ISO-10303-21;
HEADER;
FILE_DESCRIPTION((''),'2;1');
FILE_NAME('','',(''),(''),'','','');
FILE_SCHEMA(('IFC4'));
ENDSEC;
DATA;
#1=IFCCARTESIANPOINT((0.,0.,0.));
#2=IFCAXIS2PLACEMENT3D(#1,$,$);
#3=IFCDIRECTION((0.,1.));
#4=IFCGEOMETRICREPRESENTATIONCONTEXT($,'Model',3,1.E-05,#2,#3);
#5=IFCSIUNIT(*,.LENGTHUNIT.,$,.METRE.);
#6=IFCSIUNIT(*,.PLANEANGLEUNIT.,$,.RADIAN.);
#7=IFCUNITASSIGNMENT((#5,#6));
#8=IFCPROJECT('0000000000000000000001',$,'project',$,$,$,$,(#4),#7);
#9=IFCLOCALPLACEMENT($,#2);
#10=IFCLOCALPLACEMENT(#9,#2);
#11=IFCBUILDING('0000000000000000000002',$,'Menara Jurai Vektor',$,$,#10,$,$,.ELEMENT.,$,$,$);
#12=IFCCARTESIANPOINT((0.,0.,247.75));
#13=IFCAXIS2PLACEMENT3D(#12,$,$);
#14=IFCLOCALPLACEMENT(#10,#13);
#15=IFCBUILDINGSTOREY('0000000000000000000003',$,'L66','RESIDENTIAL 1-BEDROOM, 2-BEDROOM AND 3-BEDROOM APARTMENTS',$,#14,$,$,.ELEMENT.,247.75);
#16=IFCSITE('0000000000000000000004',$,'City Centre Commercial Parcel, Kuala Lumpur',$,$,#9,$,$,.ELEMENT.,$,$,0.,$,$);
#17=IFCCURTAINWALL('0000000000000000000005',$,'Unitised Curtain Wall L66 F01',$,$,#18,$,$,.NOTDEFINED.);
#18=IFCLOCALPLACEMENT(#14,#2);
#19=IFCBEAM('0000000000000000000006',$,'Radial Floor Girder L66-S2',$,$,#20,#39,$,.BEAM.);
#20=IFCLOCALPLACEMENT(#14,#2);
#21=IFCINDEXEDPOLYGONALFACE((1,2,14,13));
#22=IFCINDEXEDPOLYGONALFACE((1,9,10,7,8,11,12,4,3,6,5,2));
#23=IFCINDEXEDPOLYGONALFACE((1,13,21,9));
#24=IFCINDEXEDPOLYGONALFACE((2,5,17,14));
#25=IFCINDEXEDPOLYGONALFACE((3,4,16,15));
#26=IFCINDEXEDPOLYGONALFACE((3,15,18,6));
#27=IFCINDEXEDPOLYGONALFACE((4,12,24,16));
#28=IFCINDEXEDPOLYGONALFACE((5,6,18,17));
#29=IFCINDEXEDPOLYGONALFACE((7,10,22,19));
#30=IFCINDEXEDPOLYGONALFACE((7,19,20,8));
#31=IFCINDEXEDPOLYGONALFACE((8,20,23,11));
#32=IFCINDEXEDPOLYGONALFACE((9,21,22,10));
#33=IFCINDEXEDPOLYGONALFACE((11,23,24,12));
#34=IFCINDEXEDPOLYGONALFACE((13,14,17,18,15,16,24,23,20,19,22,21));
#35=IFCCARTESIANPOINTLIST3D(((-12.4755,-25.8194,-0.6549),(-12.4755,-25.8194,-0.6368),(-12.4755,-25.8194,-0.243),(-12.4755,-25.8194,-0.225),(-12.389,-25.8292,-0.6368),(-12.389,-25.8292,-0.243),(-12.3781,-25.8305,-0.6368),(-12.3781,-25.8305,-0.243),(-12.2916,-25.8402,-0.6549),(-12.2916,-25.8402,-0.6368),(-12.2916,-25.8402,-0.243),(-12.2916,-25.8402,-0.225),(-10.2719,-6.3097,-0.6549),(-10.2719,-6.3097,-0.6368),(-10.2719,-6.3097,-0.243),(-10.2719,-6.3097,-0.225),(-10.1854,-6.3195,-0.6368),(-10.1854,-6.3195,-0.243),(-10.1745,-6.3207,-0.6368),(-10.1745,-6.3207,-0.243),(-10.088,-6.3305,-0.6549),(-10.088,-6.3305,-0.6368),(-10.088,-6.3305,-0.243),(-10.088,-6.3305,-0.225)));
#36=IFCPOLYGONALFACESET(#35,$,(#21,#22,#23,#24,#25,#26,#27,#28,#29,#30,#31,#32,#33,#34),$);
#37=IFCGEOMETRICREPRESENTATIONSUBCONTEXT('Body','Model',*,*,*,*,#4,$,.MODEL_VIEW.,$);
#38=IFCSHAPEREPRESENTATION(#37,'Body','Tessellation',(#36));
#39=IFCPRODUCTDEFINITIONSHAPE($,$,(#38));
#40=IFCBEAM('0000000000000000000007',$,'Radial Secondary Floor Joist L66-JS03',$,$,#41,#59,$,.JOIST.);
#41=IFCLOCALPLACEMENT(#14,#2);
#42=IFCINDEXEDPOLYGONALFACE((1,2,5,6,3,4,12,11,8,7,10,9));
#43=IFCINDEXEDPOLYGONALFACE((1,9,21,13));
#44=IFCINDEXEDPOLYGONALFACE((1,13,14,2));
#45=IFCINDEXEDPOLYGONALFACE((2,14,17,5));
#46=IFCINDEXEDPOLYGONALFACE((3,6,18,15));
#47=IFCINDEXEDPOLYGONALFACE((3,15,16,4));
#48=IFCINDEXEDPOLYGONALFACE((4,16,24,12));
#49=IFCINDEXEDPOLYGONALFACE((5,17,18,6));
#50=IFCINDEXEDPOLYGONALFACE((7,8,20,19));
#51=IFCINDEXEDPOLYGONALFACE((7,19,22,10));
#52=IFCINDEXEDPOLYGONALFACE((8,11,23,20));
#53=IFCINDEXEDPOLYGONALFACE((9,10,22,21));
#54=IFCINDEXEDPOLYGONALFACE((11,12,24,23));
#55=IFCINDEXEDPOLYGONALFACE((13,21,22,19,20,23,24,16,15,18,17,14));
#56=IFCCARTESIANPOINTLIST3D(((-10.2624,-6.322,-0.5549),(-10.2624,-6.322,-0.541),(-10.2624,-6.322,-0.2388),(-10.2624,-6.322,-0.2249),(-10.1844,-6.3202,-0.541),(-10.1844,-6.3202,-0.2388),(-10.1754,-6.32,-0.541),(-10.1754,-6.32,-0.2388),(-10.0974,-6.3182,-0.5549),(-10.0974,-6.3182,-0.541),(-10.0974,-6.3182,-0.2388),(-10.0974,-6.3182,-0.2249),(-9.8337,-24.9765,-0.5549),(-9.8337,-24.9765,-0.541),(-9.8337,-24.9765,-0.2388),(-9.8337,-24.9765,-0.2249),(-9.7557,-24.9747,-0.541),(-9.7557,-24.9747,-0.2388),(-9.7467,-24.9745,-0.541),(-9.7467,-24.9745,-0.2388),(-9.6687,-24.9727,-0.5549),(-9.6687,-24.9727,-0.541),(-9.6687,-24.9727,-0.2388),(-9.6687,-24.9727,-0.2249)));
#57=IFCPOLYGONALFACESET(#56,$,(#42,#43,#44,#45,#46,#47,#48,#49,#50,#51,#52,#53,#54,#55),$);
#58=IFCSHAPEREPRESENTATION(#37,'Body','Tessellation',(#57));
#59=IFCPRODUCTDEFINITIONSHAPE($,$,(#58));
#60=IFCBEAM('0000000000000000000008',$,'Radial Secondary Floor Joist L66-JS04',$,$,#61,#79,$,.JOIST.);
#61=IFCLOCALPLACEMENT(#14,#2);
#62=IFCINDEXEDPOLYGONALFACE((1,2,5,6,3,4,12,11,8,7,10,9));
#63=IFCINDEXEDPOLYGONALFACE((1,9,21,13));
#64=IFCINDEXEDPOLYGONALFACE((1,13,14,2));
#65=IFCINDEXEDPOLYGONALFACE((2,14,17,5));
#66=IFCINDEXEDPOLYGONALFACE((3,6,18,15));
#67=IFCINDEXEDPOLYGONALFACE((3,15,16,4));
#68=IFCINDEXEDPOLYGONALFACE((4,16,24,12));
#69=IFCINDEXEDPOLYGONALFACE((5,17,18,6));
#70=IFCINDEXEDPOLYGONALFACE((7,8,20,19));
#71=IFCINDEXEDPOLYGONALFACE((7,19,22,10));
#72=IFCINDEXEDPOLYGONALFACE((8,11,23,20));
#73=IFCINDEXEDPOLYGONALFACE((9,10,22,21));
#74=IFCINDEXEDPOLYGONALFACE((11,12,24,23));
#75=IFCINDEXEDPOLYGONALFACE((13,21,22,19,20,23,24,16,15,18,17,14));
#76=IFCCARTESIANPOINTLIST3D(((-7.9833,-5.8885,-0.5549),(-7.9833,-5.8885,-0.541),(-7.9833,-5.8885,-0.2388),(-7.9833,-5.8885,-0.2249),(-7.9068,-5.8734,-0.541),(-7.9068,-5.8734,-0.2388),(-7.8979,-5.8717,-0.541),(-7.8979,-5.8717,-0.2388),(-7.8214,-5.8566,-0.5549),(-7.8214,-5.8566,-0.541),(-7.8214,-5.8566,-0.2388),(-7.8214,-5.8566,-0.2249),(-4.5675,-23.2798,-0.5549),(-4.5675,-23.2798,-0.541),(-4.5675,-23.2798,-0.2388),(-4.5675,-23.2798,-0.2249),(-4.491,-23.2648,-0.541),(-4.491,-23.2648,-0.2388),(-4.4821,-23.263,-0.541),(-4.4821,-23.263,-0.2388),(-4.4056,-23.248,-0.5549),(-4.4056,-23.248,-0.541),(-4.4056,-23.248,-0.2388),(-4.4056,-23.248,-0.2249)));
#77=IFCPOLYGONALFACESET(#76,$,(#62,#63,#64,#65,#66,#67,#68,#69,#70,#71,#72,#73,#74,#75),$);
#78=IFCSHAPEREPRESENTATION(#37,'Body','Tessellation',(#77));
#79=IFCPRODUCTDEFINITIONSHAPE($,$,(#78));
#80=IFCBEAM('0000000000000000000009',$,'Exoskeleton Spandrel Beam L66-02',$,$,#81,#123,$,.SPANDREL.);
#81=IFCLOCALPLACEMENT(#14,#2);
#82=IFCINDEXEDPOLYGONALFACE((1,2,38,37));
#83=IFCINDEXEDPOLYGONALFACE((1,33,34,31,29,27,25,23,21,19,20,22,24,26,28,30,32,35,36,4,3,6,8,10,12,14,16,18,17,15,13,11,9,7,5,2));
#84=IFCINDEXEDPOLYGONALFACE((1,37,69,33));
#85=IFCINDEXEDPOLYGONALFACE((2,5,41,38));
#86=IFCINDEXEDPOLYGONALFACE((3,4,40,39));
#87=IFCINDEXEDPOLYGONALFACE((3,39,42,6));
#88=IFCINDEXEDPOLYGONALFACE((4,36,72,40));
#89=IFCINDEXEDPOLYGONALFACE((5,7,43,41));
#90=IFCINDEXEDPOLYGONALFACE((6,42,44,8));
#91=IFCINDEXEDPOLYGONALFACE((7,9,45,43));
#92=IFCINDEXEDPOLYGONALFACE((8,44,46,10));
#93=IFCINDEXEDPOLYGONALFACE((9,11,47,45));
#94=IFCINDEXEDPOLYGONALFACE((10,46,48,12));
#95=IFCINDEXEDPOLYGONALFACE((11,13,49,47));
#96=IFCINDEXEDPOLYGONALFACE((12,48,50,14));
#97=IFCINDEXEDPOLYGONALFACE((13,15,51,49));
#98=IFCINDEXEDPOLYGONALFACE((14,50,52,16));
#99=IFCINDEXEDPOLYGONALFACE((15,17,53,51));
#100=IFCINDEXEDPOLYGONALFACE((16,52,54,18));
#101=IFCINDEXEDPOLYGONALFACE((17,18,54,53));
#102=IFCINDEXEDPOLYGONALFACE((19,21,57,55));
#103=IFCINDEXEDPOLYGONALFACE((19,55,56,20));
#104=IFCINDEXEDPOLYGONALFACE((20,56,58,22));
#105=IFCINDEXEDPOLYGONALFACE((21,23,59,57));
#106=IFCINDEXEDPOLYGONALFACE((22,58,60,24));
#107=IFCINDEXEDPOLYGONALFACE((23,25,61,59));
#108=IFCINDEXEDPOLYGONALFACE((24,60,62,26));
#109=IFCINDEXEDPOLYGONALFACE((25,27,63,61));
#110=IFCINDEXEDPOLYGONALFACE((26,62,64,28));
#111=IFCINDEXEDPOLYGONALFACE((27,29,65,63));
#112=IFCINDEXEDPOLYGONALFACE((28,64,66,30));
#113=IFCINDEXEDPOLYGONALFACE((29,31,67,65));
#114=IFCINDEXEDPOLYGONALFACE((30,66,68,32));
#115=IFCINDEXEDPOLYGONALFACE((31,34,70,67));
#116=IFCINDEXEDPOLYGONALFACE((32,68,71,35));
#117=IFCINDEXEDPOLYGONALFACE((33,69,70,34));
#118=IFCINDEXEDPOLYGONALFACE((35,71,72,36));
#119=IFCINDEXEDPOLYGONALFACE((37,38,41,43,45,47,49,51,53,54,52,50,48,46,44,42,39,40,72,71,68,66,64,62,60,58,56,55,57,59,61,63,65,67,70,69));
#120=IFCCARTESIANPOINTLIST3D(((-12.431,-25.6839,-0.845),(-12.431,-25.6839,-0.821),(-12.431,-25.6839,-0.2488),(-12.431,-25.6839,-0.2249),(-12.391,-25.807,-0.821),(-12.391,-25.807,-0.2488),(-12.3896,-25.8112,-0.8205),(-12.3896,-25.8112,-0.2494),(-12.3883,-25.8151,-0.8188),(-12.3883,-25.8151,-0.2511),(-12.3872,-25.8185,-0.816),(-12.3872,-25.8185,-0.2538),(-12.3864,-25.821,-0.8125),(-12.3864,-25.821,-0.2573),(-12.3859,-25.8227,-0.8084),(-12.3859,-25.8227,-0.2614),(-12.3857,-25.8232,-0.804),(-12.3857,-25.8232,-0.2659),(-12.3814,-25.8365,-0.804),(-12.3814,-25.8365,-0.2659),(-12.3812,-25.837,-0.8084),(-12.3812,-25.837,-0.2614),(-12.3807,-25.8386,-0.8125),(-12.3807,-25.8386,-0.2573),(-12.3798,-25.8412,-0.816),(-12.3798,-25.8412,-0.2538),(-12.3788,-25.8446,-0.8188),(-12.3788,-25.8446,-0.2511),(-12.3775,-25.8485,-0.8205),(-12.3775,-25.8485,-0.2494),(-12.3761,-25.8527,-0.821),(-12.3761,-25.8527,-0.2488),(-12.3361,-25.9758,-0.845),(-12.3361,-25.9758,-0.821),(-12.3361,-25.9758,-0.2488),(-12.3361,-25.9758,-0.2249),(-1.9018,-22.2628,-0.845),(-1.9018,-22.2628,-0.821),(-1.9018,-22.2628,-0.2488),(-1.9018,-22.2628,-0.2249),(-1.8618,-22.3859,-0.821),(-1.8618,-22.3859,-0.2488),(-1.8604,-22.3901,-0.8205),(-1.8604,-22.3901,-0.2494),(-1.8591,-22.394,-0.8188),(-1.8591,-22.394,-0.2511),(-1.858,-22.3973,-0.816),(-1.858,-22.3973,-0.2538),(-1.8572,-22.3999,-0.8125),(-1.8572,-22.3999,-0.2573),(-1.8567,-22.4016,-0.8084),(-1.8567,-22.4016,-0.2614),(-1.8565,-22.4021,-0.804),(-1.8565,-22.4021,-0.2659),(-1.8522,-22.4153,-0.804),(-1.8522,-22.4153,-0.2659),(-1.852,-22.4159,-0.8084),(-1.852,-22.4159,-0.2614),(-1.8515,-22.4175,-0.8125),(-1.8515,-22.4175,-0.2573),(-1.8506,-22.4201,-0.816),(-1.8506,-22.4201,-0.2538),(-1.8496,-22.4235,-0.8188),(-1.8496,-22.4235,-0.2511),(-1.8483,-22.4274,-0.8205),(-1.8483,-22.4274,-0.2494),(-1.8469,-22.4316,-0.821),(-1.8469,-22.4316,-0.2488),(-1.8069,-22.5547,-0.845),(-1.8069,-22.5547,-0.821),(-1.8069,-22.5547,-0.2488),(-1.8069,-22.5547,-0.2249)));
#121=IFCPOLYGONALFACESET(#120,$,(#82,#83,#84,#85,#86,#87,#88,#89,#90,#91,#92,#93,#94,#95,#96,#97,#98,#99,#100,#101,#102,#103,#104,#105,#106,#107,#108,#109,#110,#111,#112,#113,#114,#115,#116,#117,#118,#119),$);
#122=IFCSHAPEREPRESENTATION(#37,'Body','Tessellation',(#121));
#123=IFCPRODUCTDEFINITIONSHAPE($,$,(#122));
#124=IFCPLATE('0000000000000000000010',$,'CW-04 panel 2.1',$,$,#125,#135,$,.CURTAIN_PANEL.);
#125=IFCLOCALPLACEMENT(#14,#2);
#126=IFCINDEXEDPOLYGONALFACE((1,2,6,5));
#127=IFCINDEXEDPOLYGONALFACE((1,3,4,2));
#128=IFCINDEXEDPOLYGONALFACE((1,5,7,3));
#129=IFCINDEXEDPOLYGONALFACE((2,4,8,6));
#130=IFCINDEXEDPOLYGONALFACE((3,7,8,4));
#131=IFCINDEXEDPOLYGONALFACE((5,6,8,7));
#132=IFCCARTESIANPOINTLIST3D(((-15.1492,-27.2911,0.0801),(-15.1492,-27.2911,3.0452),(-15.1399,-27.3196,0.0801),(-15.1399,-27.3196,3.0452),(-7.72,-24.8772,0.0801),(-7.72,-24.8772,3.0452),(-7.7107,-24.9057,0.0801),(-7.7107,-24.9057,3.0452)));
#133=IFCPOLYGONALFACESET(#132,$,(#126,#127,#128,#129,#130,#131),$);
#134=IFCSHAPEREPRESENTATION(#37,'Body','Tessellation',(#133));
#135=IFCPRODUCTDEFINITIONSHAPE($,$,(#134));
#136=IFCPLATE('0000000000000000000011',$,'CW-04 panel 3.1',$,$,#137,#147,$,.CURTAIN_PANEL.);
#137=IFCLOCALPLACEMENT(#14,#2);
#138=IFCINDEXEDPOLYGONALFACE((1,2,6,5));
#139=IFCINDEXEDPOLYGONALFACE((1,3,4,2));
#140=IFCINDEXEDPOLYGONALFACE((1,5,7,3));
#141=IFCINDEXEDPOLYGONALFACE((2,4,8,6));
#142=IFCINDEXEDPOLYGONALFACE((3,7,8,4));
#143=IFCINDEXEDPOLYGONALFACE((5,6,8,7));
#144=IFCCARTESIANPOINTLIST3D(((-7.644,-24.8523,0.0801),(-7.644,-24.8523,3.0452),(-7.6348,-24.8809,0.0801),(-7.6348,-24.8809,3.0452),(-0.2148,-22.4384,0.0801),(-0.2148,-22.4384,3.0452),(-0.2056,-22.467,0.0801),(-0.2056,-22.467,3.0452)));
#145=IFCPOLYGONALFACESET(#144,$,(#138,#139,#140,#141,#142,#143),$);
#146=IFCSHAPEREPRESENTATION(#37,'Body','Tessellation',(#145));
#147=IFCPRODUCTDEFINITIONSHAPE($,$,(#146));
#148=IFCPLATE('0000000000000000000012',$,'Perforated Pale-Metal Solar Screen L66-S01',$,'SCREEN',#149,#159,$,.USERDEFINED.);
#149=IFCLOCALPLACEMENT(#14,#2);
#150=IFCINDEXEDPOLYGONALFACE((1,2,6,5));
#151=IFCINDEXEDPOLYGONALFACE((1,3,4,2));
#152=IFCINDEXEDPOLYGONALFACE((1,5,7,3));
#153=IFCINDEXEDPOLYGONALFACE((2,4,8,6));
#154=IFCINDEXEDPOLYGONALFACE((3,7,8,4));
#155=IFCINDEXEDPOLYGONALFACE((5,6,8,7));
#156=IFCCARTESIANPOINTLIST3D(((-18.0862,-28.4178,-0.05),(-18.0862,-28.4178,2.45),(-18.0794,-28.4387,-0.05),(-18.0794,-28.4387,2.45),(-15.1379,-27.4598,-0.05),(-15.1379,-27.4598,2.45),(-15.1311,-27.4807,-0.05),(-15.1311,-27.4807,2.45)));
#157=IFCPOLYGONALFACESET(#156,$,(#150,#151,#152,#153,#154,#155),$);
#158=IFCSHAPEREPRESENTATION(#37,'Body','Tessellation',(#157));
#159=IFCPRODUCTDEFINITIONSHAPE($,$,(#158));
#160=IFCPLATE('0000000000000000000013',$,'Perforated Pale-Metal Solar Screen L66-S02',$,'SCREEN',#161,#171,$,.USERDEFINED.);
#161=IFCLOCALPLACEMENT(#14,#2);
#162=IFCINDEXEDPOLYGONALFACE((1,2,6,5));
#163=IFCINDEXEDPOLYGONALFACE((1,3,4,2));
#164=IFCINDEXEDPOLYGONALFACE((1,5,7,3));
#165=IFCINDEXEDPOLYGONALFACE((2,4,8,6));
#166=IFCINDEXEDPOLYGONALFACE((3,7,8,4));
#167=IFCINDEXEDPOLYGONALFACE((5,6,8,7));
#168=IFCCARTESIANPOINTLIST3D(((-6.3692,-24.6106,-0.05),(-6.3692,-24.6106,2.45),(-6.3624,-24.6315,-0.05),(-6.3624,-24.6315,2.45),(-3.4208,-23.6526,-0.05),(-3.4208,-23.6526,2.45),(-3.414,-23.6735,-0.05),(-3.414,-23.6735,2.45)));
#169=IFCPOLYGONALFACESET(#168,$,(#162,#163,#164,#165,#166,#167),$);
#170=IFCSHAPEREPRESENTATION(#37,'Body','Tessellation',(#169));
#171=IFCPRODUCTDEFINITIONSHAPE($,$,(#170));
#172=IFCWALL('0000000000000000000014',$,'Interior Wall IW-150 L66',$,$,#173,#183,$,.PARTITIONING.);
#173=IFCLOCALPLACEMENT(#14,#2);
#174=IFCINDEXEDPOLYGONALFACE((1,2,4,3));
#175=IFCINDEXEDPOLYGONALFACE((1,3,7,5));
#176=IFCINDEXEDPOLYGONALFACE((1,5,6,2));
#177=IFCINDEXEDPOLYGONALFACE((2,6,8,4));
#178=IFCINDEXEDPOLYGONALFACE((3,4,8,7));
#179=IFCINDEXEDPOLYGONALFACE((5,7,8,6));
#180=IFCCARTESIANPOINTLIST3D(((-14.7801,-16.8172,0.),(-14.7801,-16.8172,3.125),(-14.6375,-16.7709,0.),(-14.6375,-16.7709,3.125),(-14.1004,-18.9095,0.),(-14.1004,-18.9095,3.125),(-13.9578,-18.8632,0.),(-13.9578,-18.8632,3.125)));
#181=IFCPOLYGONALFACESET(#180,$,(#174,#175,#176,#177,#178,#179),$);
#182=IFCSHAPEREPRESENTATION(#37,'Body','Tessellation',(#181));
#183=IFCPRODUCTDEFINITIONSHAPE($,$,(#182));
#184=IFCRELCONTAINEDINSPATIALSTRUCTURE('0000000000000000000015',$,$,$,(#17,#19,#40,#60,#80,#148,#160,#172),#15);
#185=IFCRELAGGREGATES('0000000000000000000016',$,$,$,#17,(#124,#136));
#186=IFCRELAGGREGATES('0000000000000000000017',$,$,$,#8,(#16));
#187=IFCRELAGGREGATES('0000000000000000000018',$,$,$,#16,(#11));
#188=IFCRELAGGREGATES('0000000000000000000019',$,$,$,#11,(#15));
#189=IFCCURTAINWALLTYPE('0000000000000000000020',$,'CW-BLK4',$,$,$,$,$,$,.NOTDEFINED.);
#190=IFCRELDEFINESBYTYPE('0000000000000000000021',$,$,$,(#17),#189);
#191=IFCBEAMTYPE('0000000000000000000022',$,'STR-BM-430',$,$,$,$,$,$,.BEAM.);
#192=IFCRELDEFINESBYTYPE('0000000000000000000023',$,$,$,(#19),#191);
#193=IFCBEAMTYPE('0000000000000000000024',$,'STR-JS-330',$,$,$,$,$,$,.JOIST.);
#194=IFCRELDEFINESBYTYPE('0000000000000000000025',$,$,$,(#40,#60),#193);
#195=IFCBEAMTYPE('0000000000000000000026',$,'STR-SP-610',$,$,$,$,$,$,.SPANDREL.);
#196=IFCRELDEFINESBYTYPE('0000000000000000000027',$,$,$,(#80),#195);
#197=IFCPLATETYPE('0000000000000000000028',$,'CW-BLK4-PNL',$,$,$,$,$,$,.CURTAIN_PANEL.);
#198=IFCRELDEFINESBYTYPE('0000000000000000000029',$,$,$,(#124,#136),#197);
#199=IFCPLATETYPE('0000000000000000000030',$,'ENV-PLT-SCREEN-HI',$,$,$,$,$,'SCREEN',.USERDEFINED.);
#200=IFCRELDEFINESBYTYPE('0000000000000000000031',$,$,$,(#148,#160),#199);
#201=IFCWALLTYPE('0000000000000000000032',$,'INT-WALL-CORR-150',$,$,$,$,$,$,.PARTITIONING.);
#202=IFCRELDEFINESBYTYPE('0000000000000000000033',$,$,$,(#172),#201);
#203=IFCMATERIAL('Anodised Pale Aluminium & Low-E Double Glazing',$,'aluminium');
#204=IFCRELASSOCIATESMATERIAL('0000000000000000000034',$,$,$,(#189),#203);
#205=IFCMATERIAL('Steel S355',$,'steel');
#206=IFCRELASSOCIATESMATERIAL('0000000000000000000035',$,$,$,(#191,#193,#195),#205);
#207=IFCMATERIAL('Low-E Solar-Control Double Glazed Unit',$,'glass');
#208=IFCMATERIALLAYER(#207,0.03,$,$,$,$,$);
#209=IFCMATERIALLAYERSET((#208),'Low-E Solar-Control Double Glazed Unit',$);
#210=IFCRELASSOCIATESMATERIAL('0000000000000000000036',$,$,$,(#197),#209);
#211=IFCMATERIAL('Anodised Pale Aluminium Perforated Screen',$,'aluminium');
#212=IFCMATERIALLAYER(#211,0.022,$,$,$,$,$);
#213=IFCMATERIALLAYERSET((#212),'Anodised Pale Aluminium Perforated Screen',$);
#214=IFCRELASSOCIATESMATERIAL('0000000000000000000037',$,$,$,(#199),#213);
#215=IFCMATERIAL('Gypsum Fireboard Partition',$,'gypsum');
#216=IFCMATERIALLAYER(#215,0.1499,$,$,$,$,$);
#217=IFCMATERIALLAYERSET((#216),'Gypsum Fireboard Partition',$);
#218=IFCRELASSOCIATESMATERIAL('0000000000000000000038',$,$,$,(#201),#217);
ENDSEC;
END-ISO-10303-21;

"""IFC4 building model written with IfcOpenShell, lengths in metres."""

from ifc_helpers import new_model, si_unit, direction, frame, frame_2d, origin, origin_2d, place, context, subcontext, project, spatial, rectangle, i_section, extrude, material, layer, layer_set, material_profile, profile_set, type_object, element, aggregate, save


model = new_model("IFC4")

# Units and contexts
model_context = context("Model", 3, precision=1e-05, world=origin(), true_north=direction((0.0, 1.0)))
body_context = subcontext(model_context, "Body", "Model", "MODEL_VIEW")
ifc_project = project(units=[si_unit("LENGTHUNIT", "METRE"), si_unit("PLANEANGLEUNIT", "RADIAN")], contexts=[model_context])

# Site, building, storey
site_placement = place(None, origin())
site = spatial("IfcSite", under=ifc_project, at=site_placement, Name="City Centre Commercial Parcel, Kuala Lumpur", CompositionType="ELEMENT", RefElevation=0.0)
building_placement = place(site_placement, origin())
building = spatial("IfcBuilding", under=site, at=building_placement, Name="Menara Jurai Vektor", CompositionType="ELEMENT")
storey_placement = place(building_placement, frame((0.0, 0.0, 247.75)))
storey = spatial("IfcBuildingStorey", under=building, at=storey_placement, Name="L66", Description="RESIDENTIAL 1-BEDROOM, 2-BEDROOM AND 3-BEDROOM APARTMENTS", CompositionType="ELEMENT", Elevation=247.75)

# Curtain wall
ifc_material_1 = material(Name="Anodised Pale Aluminium & Low-E Double Glazing", Category="aluminium")
curtain_wall_type = type_object("IfcCurtainWallType", Name="CW-BLK4", PredefinedType="NOTDEFINED", material=ifc_material_1)
curtain_wall_placement = place(storey_placement, origin())
curtain_wall = element("IfcCurtainWall", 1, at=curtain_wall_placement, inside=storey, type_object=curtain_wall_type, Name="Unitised Curtain Wall L66 F01", PredefinedType="NOTDEFINED")

# Beams
ifc_material_2 = material(Name="Steel S355", Category="steel")
ifc_material_profile_1 = material_profile(ifc_material_2, i_section(OverallWidth=0.1851, OverallDepth=0.4299, WebThickness=0.011, FlangeThickness=0.0181, at=origin_2d()), Name="PG 430x185x76")
ifc_profile_set_1 = profile_set([ifc_material_profile_1], Name="Steel S355")
beam_type_1 = type_object("IfcBeamType", Name="STR-BM-430", PredefinedType="BEAM", material=ifc_profile_set_1)
beam_1_placement = place(storey_placement, frame((-12.3835, -25.8298, -0.4399), z_axis=(0.112236, 0.993682, 0.0), x_axis=(-0.993682, 0.112236, 0.0)))
element("IfcBeam", 2, at=beam_1_placement, inside=storey, type_object=beam_type_1, Name="Radial Floor Girder L66-S2", PredefinedType="BEAM", context=body_context, shape_type="SweptSolid", body=[
    extrude(i_section(OverallWidth=0.1851, OverallDepth=0.4299, WebThickness=0.011, FlangeThickness=0.0181, at=origin_2d()), origin(), (0.0, 0.0, 1.0), 19.6338),
])
ifc_material_profile_2 = material_profile(ifc_material_2, i_section(OverallWidth=0.165, OverallDepth=0.3301, WebThickness=0.009, FlangeThickness=0.0139, at=origin_2d()), Name="PG 330x165x46")
ifc_profile_set_2 = profile_set([ifc_material_profile_2], Name="Steel S355")
beam_type_2 = type_object("IfcBeamType", Name="STR-JS-330", PredefinedType="JOIST", material=ifc_profile_set_2)
beam_2_placement = place(storey_placement, frame((-9.7512, -24.9746, -0.3899), z_axis=(-0.022976, 0.999736, 0.0), x_axis=(-0.999736, -0.022976, 0.0)))
element("IfcBeam", 3, at=beam_2_placement, inside=storey, type_object=beam_type_2, Name="Radial Secondary Floor Joist L66-JS03", PredefinedType="JOIST", context=body_context, shape_type="SweptSolid", body=[
    extrude(i_section(OverallWidth=0.165, OverallDepth=0.3301, WebThickness=0.009, FlangeThickness=0.0139, at=origin_2d()), origin(), (0.0, 0.0, 1.0), 18.6594),
])
beam_3_placement = place(storey_placement, frame((-4.4866, -23.2639, -0.3899), z_axis=(-0.192724, 0.981253, 0.0), x_axis=(-0.981253, -0.192724, 0.0)))
element("IfcBeam", 4, at=beam_3_placement, inside=storey, type_object=beam_type_2, Name="Radial Secondary Floor Joist L66-JS04", PredefinedType="JOIST", context=body_context, shape_type="SweptSolid", body=[
    extrude(i_section(OverallWidth=0.165, OverallDepth=0.3301, WebThickness=0.009, FlangeThickness=0.0139, at=origin_2d()), origin(), (0.0, 0.0, 1.0), 17.7236),
])
ifc_material_profile_3 = material_profile(ifc_material_2, i_section(OverallWidth=0.3069, OverallDepth=0.6201, WebThickness=0.0139, FlangeThickness=0.0239, FilletRadius=0.0171, at=origin_2d()), Name="UKB 610x305x179")
ifc_profile_set_3 = profile_set([ifc_material_profile_3], Name="Steel S355")
beam_type_3 = type_object("IfcBeamType", Name="STR-SP-610", PredefinedType="SPANDREL", material=ifc_profile_set_3)
beam_4_placement = place(storey_placement, frame((-12.3835, -25.8298, -0.5349), z_axis=(0.951057, 0.309014, 0.0), x_axis=(-0.309014, 0.951057, 0.0)))
element("IfcBeam", 5, at=beam_4_placement, inside=storey, type_object=beam_type_3, Name="Exoskeleton Spandrel Beam L66-02", PredefinedType="SPANDREL", context=body_context, shape_type="SweptSolid", body=[
    extrude(i_section(OverallWidth=0.3069, OverallDepth=0.6201, WebThickness=0.0139, FlangeThickness=0.0239, FilletRadius=0.0171, at=origin_2d()), origin(), (0.0, 0.0, 1.0), 11.071),
])

# Plates
ifc_material_3 = material(Name="Low-E Solar-Control Double Glazed Unit", Category="glass")
ifc_layer_1 = layer(ifc_material_3, 0.03)
ifc_layer_set_1 = layer_set([ifc_layer_1], Name="Low-E Solar-Control Double Glazed Unit")
plate_type_1 = type_object("IfcPlateType", Name="CW-BLK4-PNL", PredefinedType="CURTAIN_PANEL", material=ifc_layer_set_1)
plate_1_placement = place(storey_placement, frame((-11.4299, -26.0984, 0.0801), z_axis=(0.0, 0.0, 1.0), x_axis=(0.951056, 0.309017, 0.0)))
plate_1 = element("IfcPlate", 6, at=plate_1_placement, type_object=plate_type_1, Name="CW-04 panel 2.1", PredefinedType="CURTAIN_PANEL", context=body_context, shape_type="SweptSolid", body=[
    extrude(rectangle(XDim=7.8115, YDim=0.03, at=origin_2d()), origin(), (0.0, 0.0, 1.0), 2.9651),
])
plate_2_placement = place(storey_placement, frame((-3.9248, -23.6597, 0.0801), z_axis=(0.0, 0.0, 1.0), x_axis=(0.951056, 0.309017, 0.0)))
plate_2 = element("IfcPlate", 7, at=plate_2_placement, type_object=plate_type_1, Name="CW-04 panel 3.1", PredefinedType="CURTAIN_PANEL", context=body_context, shape_type="SweptSolid", body=[
    extrude(rectangle(XDim=7.8115, YDim=0.03, at=origin_2d()), origin(), (0.0, 0.0, 1.0), 2.9651),
])
aggregate(curtain_wall, [plate_1, plate_2])

# Plates
ifc_material_4 = material(Name="Anodised Pale Aluminium Perforated Screen", Category="aluminium")
ifc_layer_2 = layer(ifc_material_4, 0.022)
ifc_layer_set_2 = layer_set([ifc_layer_2], Name="Anodised Pale Aluminium Perforated Screen")
plate_type_2 = type_object("IfcPlateType", Name="ENV-PLT-SCREEN-HI", ElementType="SCREEN", PredefinedType="USERDEFINED", material=ifc_layer_set_2)
for number, where, z_axis, x_axis, name in (
    (8, (-16.6086, -27.9492, -0.05), (0.0, 0.0, 1.0), (0.951057, 0.309017, 0.0), "Perforated Pale-Metal Solar Screen L66-S01"),
    (9, (-4.8916, -24.1421, -0.05), (0.0, 0.0, 1.0), (0.951057, 0.309017, 0.0), "Perforated Pale-Metal Solar Screen L66-S02"),
):
    element("IfcPlate", number, at=place(storey_placement, frame(where, z_axis=z_axis, x_axis=x_axis)), inside=storey, type_object=plate_type_2, Name=name, ObjectType="SCREEN", PredefinedType="USERDEFINED", context=body_context, shape_type="SweptSolid", body=[
        extrude(rectangle(XDim=3.1001, YDim=0.022, at=origin_2d()), origin(), (0.0, 0.0, 1.0), 2.5),
    ])

# Shared definitions
ifc_material_5 = material(Name="Gypsum Fireboard Partition", Category="gypsum")
ifc_layer_3 = layer(ifc_material_5, 0.1499)
ifc_layer_set_3 = layer_set([ifc_layer_3], Name="Gypsum Fireboard Partition")
wall_type_1 = type_object("IfcWallType", Name="INT-WALL-CORR-150", PredefinedType="PARTITIONING", material=ifc_layer_set_3)

# Wall
wall_1_placement = place(storey_placement, frame((-14.0291, -18.8865, 0.0), z_axis=(0.0, 0.0, 1.0), x_axis=(-0.308961, 0.951075, 0.0)))
element("IfcWall", 10, at=wall_1_placement, inside=storey, type_object=wall_type_1, Name="Interior Wall IW-150 L66", PredefinedType="PARTITIONING", context=body_context, shape_type="SweptSolid", body=[
    extrude(rectangle(XDim=2.2, YDim=0.1499, at=frame_2d((1.1001, 0.0))), origin(), (0.0, 0.0, 1.0), 3.125),
])

save(model, "model.ifc")
